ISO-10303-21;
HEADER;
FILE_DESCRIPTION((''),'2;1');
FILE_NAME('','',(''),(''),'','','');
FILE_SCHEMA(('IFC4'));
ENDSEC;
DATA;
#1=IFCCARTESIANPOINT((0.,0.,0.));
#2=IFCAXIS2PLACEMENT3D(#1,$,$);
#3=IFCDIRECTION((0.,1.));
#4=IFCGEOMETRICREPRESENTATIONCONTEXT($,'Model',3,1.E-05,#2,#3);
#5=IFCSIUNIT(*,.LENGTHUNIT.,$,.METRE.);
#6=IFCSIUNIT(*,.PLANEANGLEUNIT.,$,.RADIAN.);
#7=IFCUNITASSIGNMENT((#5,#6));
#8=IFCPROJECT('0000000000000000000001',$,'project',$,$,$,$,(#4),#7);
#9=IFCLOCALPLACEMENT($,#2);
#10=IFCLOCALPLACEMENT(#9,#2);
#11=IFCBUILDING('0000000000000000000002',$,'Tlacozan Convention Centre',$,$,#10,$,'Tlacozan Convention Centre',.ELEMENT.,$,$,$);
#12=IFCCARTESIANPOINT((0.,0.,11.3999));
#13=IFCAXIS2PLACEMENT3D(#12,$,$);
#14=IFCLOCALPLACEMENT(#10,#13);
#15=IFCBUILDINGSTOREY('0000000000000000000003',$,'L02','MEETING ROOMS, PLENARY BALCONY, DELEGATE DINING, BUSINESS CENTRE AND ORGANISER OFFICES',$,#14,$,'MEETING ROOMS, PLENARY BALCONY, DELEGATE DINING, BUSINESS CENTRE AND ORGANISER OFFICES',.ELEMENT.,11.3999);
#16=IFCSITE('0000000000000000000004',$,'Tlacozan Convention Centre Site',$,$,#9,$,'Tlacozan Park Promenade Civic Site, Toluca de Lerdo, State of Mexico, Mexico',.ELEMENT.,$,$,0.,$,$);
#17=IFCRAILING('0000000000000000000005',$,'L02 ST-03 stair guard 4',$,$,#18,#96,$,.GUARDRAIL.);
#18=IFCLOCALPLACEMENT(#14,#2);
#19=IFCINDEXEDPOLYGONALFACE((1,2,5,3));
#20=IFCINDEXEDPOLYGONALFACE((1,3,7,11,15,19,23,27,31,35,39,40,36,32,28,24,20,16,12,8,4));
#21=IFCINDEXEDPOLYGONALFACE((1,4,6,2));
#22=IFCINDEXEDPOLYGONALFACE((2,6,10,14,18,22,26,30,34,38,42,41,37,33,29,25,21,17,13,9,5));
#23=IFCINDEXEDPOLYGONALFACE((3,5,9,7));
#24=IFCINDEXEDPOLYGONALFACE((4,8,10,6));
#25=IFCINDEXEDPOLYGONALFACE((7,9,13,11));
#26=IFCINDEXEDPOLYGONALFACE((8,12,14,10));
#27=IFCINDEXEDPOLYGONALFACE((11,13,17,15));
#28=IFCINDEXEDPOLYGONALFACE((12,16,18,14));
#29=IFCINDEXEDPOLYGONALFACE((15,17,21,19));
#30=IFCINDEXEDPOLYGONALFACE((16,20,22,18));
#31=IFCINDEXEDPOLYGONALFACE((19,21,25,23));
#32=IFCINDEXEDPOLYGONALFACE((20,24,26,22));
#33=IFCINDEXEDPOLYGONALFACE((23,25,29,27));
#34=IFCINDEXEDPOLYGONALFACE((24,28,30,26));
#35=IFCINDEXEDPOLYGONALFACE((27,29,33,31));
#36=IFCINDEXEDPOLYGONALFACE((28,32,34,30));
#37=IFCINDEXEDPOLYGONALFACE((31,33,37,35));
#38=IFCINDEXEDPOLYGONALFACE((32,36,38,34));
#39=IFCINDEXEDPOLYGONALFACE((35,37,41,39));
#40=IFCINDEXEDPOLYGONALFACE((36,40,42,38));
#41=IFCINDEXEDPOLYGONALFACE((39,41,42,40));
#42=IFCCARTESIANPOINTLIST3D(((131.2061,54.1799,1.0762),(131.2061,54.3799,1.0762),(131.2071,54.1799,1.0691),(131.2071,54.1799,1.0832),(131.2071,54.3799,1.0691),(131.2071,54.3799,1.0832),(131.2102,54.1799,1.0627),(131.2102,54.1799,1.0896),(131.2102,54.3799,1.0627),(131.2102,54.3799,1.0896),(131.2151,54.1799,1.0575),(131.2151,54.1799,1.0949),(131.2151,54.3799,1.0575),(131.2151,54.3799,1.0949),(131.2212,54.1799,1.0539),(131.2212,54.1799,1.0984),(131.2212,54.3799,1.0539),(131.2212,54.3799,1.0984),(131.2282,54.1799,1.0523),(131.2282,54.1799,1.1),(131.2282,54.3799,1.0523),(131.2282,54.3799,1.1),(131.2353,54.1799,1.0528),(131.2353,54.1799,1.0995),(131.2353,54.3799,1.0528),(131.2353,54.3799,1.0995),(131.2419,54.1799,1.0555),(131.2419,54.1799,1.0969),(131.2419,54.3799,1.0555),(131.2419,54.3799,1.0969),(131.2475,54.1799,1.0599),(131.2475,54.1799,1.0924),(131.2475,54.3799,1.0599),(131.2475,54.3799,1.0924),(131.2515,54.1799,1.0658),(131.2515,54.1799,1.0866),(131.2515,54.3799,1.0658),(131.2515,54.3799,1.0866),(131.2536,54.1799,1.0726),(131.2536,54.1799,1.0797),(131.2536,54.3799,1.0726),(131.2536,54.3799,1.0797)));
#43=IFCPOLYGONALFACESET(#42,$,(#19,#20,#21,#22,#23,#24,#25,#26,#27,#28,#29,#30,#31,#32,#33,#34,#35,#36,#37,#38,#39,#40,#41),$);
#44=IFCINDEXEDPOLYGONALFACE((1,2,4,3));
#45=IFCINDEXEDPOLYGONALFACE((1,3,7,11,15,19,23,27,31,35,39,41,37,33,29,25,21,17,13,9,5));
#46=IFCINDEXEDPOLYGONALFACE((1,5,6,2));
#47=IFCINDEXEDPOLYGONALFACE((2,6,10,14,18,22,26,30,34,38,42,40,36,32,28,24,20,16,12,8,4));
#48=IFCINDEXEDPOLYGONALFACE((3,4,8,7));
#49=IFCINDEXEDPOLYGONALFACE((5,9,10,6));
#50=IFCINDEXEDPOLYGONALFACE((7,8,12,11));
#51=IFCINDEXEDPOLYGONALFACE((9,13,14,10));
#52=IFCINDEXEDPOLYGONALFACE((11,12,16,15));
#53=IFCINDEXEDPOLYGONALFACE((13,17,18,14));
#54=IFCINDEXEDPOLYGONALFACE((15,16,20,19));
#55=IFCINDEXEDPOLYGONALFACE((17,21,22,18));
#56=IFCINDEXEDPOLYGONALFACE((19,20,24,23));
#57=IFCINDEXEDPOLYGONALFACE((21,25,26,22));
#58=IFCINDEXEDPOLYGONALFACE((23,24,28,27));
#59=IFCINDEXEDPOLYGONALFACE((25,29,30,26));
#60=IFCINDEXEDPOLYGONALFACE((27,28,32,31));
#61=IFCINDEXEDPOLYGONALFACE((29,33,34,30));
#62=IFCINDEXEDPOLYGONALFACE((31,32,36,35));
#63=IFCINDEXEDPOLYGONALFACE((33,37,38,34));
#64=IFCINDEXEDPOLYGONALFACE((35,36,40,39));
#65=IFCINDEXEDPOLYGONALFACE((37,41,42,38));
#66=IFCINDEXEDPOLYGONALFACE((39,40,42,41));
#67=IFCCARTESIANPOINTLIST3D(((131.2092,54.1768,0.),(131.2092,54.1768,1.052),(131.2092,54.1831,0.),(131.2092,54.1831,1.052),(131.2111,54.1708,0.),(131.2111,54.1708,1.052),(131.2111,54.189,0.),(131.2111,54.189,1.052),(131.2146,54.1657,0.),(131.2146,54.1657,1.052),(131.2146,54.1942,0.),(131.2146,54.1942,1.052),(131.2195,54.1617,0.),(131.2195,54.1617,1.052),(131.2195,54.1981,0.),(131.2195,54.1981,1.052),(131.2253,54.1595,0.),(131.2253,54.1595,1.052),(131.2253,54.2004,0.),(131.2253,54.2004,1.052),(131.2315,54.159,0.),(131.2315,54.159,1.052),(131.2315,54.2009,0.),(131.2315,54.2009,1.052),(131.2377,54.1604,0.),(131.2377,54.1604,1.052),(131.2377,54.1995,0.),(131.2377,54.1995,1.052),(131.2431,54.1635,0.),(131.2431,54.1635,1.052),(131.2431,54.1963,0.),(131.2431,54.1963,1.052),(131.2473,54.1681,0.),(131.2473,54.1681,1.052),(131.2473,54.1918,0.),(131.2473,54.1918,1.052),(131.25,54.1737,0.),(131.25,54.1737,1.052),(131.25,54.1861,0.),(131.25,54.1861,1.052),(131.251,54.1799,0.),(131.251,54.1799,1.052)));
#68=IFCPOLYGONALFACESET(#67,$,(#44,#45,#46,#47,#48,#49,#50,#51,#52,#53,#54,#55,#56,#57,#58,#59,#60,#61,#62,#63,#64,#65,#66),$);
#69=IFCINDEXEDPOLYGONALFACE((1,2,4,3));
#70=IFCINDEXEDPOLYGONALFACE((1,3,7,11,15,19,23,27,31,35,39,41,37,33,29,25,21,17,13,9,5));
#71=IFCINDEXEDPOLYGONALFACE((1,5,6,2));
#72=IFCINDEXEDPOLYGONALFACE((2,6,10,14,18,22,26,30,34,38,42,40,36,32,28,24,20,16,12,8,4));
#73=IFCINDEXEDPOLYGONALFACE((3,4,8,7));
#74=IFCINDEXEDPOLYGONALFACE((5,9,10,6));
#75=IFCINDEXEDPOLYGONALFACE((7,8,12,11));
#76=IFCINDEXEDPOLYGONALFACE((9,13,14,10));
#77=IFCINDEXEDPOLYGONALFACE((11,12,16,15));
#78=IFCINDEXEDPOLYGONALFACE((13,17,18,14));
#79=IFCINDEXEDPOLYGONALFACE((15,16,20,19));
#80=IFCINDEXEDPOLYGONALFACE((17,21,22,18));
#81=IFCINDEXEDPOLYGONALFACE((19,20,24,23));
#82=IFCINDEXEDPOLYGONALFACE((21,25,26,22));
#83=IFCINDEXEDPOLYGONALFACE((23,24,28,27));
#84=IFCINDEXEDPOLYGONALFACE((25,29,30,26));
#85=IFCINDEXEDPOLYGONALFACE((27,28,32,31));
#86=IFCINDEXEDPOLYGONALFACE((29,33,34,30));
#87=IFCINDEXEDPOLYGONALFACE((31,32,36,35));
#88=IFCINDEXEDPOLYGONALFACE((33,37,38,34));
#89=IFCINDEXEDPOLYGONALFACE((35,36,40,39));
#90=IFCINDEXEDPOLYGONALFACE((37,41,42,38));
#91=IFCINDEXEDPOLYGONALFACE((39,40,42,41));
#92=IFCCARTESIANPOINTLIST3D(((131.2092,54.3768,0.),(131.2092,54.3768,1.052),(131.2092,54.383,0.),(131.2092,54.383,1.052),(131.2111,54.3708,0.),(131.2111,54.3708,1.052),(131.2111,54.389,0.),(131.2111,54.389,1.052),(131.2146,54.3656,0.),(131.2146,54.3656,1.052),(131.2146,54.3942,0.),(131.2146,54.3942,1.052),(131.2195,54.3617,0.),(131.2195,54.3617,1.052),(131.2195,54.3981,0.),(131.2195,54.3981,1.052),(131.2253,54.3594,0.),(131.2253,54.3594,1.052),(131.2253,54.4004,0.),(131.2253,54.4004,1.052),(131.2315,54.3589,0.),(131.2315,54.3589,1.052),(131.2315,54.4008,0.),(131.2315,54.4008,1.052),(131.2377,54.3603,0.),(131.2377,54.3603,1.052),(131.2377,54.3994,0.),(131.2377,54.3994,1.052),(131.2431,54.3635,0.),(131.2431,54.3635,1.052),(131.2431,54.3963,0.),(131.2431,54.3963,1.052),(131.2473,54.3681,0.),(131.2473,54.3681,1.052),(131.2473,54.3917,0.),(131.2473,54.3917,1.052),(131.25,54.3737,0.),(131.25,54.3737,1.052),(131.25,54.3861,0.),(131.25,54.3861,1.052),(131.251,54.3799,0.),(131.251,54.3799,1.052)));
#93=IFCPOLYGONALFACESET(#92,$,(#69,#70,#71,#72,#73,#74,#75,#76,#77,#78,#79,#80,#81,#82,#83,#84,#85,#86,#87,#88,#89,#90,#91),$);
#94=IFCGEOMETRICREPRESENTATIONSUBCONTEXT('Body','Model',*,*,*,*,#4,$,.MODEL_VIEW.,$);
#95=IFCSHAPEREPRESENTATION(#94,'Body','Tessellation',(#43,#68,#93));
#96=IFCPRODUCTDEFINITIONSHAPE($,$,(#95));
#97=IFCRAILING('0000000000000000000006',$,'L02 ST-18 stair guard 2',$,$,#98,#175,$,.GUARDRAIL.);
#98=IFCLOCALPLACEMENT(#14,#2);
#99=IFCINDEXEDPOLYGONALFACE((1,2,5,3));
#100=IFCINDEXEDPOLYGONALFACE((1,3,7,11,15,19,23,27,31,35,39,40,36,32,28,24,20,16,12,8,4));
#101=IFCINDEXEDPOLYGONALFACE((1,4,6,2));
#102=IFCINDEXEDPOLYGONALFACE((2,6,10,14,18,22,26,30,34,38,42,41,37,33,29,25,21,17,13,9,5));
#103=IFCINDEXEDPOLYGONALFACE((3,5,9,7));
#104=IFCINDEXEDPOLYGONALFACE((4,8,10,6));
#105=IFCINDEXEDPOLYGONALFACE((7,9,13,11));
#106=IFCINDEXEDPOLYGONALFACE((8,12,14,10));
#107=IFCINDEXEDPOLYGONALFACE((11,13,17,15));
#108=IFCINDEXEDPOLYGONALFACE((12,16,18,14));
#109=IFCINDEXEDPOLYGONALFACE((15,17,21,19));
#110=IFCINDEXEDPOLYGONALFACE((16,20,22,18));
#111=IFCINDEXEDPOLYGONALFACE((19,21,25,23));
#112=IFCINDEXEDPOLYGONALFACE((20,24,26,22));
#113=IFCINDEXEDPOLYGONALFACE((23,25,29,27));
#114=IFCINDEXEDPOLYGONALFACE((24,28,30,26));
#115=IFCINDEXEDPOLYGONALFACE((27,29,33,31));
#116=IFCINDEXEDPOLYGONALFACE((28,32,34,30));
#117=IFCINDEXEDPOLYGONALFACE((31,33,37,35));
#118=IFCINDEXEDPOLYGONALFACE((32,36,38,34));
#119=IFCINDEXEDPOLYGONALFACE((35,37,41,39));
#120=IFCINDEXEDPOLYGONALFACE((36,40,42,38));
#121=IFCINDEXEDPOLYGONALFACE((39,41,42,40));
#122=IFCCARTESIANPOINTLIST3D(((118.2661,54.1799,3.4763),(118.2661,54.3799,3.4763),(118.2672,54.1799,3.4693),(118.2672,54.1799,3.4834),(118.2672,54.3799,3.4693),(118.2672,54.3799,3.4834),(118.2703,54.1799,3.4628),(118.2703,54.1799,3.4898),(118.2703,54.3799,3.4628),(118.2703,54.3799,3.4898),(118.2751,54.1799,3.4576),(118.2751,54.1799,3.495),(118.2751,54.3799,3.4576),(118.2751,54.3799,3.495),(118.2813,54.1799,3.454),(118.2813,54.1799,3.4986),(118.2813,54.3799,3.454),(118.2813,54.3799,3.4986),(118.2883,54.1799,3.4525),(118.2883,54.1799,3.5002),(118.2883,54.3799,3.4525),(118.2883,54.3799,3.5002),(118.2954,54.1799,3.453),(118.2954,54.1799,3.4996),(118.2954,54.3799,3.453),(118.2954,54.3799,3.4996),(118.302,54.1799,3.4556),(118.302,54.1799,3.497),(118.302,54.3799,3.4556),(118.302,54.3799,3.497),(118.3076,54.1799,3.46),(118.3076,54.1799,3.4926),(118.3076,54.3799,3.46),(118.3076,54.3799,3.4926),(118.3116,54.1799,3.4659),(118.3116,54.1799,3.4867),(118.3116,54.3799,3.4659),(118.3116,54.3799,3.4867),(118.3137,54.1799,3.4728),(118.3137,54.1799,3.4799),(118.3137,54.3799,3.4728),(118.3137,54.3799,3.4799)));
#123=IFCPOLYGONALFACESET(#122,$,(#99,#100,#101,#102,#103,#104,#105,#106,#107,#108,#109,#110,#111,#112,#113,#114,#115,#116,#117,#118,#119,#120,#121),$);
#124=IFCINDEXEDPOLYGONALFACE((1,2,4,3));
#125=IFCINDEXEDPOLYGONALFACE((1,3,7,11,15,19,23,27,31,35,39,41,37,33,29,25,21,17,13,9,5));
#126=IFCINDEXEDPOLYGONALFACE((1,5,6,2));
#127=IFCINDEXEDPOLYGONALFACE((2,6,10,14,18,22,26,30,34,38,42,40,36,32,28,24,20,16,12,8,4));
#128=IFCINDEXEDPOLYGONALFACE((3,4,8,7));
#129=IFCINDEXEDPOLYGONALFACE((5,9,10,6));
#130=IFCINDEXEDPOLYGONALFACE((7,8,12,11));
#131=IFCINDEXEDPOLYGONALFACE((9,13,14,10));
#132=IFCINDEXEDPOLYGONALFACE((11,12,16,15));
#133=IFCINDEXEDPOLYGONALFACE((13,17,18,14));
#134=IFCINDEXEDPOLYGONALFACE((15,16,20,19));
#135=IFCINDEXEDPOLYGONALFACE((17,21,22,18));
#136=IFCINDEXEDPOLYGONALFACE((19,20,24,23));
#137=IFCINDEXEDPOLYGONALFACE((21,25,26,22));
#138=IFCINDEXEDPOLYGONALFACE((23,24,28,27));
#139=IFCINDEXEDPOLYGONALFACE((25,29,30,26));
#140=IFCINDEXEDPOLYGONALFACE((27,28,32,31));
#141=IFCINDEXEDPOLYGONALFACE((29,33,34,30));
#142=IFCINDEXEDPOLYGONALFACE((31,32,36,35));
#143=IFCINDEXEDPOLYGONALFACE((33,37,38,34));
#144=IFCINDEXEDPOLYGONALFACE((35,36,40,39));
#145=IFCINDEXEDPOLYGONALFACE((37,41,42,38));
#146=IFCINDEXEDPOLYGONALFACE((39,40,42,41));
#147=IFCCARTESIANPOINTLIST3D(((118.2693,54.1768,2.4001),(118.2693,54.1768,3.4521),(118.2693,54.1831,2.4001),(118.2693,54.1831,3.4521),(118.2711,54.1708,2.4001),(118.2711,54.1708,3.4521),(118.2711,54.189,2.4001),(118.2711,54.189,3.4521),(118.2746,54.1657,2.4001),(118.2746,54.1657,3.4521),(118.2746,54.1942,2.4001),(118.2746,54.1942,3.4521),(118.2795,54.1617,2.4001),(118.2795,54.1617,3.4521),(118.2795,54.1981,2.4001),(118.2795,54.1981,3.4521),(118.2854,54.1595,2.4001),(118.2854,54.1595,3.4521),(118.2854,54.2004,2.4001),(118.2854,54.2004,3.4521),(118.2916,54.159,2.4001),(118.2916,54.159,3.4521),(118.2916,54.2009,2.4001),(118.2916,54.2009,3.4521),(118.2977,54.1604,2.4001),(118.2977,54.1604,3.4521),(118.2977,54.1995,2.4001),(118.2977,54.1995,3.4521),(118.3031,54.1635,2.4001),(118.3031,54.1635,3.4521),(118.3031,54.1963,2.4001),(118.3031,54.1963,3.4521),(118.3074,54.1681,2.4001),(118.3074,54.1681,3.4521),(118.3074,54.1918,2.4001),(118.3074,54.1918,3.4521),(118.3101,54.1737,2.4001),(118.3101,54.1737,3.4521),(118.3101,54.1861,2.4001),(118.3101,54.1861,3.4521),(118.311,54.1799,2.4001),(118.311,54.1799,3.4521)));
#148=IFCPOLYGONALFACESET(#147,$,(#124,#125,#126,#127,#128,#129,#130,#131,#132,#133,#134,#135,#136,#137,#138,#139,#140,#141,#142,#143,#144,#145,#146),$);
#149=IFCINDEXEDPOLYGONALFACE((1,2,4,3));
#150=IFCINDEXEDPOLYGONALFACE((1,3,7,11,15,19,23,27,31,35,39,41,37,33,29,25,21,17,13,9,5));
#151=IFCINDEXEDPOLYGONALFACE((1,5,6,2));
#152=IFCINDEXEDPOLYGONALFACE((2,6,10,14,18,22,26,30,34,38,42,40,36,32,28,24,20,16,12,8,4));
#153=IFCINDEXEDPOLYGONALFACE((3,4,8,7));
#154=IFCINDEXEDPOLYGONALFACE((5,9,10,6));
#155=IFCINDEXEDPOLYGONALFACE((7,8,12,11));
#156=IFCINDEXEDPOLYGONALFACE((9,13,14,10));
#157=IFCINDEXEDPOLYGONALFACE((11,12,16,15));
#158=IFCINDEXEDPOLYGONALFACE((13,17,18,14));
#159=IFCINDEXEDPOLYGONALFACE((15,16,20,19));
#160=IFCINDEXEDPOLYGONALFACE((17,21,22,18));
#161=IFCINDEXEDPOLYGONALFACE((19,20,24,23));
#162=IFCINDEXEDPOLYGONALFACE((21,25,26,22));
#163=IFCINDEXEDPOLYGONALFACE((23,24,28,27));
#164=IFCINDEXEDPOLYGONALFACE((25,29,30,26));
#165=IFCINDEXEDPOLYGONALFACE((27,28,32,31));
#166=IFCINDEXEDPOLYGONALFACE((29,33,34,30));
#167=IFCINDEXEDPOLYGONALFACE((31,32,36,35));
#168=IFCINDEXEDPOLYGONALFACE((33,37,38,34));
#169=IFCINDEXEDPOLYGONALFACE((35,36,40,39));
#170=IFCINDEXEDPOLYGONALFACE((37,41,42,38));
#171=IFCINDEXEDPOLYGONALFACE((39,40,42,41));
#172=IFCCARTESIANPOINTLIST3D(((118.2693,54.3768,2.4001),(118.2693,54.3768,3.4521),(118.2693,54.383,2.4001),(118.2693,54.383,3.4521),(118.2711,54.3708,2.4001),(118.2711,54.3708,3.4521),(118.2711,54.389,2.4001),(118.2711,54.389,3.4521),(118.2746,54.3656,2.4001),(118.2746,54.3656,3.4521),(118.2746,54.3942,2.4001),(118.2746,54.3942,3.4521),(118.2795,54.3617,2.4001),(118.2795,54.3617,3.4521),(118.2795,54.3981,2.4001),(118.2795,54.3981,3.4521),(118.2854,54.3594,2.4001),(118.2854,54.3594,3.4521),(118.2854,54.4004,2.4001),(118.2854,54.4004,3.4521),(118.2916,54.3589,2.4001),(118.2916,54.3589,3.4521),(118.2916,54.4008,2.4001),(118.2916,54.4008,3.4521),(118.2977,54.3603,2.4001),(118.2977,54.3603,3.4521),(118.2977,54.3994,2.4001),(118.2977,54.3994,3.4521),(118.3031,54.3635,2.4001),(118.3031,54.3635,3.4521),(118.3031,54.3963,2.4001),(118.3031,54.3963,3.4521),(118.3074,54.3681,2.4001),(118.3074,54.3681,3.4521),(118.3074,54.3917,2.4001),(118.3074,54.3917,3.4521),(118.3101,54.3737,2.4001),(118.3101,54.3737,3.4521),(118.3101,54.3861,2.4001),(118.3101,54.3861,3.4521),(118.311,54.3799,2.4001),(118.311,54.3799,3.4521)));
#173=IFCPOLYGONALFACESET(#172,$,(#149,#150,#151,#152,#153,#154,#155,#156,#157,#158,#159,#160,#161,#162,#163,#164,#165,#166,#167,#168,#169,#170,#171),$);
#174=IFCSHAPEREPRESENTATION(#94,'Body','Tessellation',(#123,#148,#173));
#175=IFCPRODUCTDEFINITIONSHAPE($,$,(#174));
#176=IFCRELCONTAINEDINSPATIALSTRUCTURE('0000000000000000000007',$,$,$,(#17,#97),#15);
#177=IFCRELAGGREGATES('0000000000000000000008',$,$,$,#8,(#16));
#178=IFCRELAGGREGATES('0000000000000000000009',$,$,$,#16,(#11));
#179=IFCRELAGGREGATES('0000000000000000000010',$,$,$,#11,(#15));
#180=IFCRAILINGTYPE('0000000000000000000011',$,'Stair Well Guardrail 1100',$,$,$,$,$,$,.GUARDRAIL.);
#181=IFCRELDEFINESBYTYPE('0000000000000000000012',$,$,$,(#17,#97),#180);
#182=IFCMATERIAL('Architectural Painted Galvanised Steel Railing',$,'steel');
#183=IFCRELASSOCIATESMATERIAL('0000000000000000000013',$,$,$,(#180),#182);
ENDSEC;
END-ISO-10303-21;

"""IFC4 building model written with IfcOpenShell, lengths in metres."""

from ifc_helpers import new_model, si_unit, direction, frame, origin, origin_2d, place, context, subcontext, project, spatial, circle, extrude, material, type_object, element, save


model = new_model("IFC4")

# Units and contexts
model_context = context("Model", 3, precision=1e-05, world=origin(), true_north=direction((0.0, 1.0)))
body_context = subcontext(model_context, "Body", "Model", "MODEL_VIEW")
ifc_project = project(units=[si_unit("LENGTHUNIT", "METRE"), si_unit("PLANEANGLEUNIT", "RADIAN")], contexts=[model_context])

# Site, building, storey
site_placement = place(None, origin())
site = spatial("IfcSite", under=ifc_project, at=site_placement, Name="Tlacozan Convention Centre Site", LongName="Tlacozan Park Promenade Civic Site, Toluca de Lerdo, State of Mexico, Mexico", CompositionType="ELEMENT", RefElevation=0.0)
building_placement = place(site_placement, origin())
building = spatial("IfcBuilding", under=site, at=building_placement, Name="Tlacozan Convention Centre", LongName="Tlacozan Convention Centre", CompositionType="ELEMENT")
storey_placement = place(building_placement, frame((0.0, 0.0, 11.3999)))
storey = spatial("IfcBuildingStorey", under=building, at=storey_placement, Name="L02", Description="MEETING ROOMS, PLENARY BALCONY, DELEGATE DINING, BUSINESS CENTRE AND ORGANISER OFFICES", LongName="MEETING ROOMS, PLENARY BALCONY, DELEGATE DINING, BUSINESS CENTRE AND ORGANISER OFFICES", CompositionType="ELEMENT", Elevation=11.3999)

# Railings
ifc_material_1 = material(Name="Architectural Painted Galvanised Steel Railing", Category="steel")
railing_type_1 = type_object("IfcRailingType", Name="Stair Well Guardrail 1100", PredefinedType="GUARDRAIL", material=ifc_material_1)
for number, where, name in (
    (1, (131.23, 54.1799, 0.0), "L02 ST-03 stair guard 4"),
    (2, (118.29, 54.1799, 2.4001), "L02 ST-18 stair guard 2"),
):
    element("IfcRailing", number, at=place(storey_placement, frame(where)), inside=storey, type_object=railing_type_1, Name=name, PredefinedType="GUARDRAIL", context=body_context, shape_type="SweptSolid", body=[
        extrude(circle(Radius=0.0239, at=origin_2d()), frame((0.0, 0.0, 1.0762), z_axis=(0.0, 1.0, 0.0), x_axis=(-1.0, 0.0, 0.0)), (0.0, 0.0, 1.0), 0.2),
        extrude(circle(Radius=0.021, at=origin_2d()), origin(), (0.0, 0.0, 1.0), 1.052),
        extrude(circle(Radius=0.021, at=origin_2d()), frame((0.0, 0.2, 0.0)), (0.0, 0.0, 1.0), 1.052),
    ])

save(model, "model.ifc")
